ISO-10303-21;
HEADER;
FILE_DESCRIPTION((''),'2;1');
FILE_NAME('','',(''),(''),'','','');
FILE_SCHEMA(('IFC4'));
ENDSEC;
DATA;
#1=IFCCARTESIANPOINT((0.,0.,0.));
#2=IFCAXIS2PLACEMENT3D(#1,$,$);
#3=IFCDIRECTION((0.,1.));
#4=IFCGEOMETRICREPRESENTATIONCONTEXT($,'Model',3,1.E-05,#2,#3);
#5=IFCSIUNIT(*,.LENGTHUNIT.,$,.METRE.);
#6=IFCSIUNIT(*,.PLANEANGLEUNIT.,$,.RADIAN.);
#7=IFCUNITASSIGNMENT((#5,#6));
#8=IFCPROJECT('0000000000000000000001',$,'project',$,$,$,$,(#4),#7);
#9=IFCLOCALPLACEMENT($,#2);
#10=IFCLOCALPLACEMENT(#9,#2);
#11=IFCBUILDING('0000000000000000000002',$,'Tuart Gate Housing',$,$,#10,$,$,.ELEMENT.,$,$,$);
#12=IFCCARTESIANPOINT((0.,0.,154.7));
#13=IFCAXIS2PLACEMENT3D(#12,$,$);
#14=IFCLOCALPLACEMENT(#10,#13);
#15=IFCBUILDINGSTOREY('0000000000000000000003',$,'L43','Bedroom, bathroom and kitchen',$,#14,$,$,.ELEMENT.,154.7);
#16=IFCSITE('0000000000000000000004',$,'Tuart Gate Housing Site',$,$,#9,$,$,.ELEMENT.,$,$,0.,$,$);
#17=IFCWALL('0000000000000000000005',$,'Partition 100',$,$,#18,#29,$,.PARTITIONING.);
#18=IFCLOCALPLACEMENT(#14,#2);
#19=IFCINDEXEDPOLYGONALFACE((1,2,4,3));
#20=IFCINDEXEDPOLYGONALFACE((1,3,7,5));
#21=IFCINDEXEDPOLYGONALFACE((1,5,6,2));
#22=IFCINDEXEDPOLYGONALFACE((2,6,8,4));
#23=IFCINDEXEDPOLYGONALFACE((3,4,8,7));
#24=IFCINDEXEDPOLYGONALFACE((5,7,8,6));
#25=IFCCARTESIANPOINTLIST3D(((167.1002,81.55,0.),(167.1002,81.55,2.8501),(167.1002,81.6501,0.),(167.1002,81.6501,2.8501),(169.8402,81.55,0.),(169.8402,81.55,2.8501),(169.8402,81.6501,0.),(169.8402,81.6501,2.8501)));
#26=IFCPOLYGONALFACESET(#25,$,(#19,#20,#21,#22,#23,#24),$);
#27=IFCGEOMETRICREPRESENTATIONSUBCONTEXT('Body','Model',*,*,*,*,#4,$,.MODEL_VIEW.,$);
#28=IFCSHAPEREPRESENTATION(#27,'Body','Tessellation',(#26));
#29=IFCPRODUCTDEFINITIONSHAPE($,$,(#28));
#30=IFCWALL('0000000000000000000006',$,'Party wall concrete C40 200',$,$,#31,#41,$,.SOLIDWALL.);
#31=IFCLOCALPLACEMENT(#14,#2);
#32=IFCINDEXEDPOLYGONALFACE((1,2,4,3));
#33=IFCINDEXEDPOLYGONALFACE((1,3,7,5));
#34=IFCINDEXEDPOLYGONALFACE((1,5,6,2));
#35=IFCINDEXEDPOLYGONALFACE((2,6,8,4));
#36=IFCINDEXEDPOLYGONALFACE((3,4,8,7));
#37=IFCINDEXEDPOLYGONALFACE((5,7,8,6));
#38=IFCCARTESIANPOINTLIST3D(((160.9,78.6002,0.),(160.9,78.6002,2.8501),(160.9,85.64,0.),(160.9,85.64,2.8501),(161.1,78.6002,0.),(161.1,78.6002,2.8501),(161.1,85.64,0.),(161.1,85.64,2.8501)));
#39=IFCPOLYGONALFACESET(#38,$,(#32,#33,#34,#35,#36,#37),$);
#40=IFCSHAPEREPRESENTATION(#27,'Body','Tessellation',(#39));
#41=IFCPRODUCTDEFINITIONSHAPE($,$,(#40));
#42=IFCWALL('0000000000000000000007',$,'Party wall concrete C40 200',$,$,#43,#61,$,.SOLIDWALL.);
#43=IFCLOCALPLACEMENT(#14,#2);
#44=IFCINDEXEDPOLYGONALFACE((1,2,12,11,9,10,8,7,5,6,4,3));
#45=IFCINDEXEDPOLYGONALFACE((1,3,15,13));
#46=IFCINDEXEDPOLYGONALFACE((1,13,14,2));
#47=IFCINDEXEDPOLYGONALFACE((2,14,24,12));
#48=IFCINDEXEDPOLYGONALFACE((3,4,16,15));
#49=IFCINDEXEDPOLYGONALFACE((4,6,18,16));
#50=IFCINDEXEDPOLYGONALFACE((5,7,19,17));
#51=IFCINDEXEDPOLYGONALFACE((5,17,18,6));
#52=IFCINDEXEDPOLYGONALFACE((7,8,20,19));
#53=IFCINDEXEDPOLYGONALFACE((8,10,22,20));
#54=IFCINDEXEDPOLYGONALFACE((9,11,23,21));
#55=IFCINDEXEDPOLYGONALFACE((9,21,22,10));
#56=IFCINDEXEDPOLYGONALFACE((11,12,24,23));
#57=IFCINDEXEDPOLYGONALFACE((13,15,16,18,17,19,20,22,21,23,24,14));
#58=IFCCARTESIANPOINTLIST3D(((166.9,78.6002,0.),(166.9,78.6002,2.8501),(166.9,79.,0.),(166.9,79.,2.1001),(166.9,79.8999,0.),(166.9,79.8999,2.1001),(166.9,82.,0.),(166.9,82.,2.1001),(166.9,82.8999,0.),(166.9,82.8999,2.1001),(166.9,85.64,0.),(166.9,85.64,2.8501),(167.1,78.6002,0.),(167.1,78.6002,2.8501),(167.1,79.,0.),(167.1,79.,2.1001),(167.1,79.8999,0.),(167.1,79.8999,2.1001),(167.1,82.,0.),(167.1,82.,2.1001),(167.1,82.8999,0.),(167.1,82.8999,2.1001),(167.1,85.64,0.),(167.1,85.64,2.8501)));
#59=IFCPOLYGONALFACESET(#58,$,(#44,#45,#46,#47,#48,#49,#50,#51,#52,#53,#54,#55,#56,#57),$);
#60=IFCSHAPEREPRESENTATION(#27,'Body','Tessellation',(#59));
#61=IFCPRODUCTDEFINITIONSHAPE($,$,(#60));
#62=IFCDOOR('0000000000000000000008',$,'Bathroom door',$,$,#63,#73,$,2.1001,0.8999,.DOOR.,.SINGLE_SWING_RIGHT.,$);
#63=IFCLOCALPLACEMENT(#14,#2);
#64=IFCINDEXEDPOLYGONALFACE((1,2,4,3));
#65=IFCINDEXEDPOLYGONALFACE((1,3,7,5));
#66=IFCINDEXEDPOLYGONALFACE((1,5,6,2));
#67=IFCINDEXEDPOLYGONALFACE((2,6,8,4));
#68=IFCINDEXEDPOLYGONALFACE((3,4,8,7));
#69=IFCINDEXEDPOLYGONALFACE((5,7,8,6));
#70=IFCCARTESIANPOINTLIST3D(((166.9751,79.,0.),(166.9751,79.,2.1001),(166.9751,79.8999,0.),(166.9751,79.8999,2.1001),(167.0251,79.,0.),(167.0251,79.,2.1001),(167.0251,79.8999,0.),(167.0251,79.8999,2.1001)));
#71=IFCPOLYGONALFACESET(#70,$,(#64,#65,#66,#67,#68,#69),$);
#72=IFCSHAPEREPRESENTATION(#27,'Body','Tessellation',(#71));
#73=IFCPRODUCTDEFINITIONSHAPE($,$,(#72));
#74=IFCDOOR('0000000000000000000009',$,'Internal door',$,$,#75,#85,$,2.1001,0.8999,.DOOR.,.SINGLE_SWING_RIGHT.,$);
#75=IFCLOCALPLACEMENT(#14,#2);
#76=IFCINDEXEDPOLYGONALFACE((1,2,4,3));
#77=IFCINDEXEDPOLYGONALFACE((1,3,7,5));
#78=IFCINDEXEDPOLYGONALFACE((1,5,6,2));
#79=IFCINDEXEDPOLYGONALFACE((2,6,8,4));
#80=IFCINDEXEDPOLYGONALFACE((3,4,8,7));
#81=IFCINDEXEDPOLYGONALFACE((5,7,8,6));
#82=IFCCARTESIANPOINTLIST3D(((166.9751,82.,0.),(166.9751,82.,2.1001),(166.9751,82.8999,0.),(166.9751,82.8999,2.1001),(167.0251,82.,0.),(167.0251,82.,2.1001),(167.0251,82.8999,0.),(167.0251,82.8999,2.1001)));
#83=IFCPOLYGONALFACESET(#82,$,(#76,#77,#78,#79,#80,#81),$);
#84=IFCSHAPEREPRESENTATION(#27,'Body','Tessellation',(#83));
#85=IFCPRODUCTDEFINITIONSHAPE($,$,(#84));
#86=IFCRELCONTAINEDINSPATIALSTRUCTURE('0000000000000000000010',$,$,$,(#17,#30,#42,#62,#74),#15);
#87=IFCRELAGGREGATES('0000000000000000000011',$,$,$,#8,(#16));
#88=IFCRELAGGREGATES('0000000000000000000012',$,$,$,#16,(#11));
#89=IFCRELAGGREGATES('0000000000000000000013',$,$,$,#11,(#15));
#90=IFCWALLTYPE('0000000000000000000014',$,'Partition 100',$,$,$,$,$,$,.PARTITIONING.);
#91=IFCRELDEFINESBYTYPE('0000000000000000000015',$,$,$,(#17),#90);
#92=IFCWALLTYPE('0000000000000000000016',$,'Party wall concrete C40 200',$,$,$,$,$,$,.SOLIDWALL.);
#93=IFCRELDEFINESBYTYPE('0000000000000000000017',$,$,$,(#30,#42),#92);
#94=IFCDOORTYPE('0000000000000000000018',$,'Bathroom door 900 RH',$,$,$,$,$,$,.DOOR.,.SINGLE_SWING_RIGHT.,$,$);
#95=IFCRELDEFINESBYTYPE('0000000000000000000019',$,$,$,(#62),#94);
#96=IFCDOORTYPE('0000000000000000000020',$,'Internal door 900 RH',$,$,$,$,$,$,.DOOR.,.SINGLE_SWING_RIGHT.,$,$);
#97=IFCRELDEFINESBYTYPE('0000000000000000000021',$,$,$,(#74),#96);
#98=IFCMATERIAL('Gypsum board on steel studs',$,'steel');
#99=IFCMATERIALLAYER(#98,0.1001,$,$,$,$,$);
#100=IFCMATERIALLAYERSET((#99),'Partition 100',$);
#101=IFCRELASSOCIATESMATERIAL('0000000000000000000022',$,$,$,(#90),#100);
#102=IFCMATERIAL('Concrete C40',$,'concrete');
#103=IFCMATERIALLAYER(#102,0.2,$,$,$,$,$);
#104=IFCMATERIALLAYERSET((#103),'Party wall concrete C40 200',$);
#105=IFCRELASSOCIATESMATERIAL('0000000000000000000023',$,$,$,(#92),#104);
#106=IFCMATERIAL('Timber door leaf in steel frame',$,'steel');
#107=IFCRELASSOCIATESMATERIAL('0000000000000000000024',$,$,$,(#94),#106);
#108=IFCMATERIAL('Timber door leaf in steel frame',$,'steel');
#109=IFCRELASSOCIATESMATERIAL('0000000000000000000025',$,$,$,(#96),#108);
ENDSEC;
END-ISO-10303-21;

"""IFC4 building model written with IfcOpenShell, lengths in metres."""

from ifc_helpers import new_model, si_unit, direction, frame, frame_2d, origin, place, context, subcontext, project, spatial, rectangle, extrude, material, layer, layer_set, type_object, element, fill, save


model = new_model("IFC4")

# Units and contexts
model_context = context("Model", 3, precision=1e-05, world=origin(), true_north=direction((0.0, 1.0)))
body_context = subcontext(model_context, "Body", "Model", "MODEL_VIEW")
ifc_project = project(units=[si_unit("LENGTHUNIT", "METRE"), si_unit("PLANEANGLEUNIT", "RADIAN")], contexts=[model_context])

# Site, building, storey
site_placement = place(None, origin())
site = spatial("IfcSite", under=ifc_project, at=site_placement, Name="Tuart Gate Housing Site", CompositionType="ELEMENT", RefElevation=0.0)
building_placement = place(site_placement, origin())
building = spatial("IfcBuilding", under=site, at=building_placement, Name="Tuart Gate Housing", CompositionType="ELEMENT")
storey_placement = place(building_placement, frame((0.0, 0.0, 154.7)))
storey = spatial("IfcBuildingStorey", under=building, at=storey_placement, Name="L43", Description="Bedroom, bathroom and kitchen", CompositionType="ELEMENT", Elevation=154.7)

# Walls
ifc_material_1 = material(Name="Gypsum board on steel studs", Category="steel")
ifc_layer_1 = layer(ifc_material_1, 0.1001)
ifc_layer_set_1 = layer_set([ifc_layer_1], Name="Partition 100")
wall_type_1 = type_object("IfcWallType", Name="Partition 100", PredefinedType="PARTITIONING", material=ifc_layer_set_1)
wall_1_placement = place(storey_placement, frame((167.1001, 81.6001, 0.0), z_axis=(0.0, 0.0, 1.0), x_axis=(1.0, 0.0, 0.0)))
element("IfcWall", 1, at=wall_1_placement, inside=storey, type_object=wall_type_1, Name="Partition 100", PredefinedType="PARTITIONING", context=body_context, shape_type="SweptSolid", body=[
    extrude(rectangle(XDim=2.74, YDim=0.1001, at=frame_2d((1.3701, 0.0))), origin(), (0.0, 0.0, 1.0), 2.8501),
])
ifc_material_2 = material(Name="Concrete C40", Category="concrete")
ifc_layer_2 = layer(ifc_material_2, 0.2)
ifc_layer_set_2 = layer_set([ifc_layer_2], Name="Party wall concrete C40 200")
wall_type_2 = type_object("IfcWallType", Name="Party wall concrete C40 200", PredefinedType="SOLIDWALL", material=ifc_layer_set_2)
wall_2_placement = place(storey_placement, frame((161.0, 78.6001, 0.0), z_axis=(0.0, 0.0, 1.0), x_axis=(0.0, 1.0, 0.0)))
element("IfcWall", 2, at=wall_2_placement, inside=storey, type_object=wall_type_2, Name="Party wall concrete C40 200", PredefinedType="SOLIDWALL", context=body_context, shape_type="SweptSolid", body=[
    extrude(rectangle(XDim=7.0398, YDim=0.2, at=frame_2d((3.52, 0.0))), origin(), (0.0, 0.0, 1.0), 2.8501),
])

# Wall, openings, doors
wall_3_placement = place(storey_placement, frame((167.0, 78.6001, 0.0), z_axis=(0.0, 0.0, 1.0), x_axis=(0.0, 1.0, 0.0)))
wall_3 = element("IfcWall", 3, at=wall_3_placement, inside=storey, type_object=wall_type_2, Name="Party wall concrete C40 200", PredefinedType="SOLIDWALL", context=body_context, shape_type="SweptSolid", body=[
    extrude(rectangle(XDim=7.0398, YDim=0.2, at=frame_2d((3.52, 0.0))), origin(), (0.0, 0.0, 1.0), 2.8501),
])
opening_1_placement = place(wall_3_placement, frame((3.3999, 0.0, 0.0)))
opening_1 = element("IfcOpeningElement", 4, at=opening_1_placement, cuts=wall_3, PredefinedType="OPENING", context=body_context, shape_type="SweptSolid", body=[
    extrude(rectangle(XDim=0.8999, YDim=2.1001, at=frame_2d((0.45, 1.05))), frame((0.0, 0.1099, 0.0), z_axis=(0.0, -1.0, 0.0), x_axis=(1.0, 0.0, 0.0)), (0.0, 0.0, 1.0), 0.22),
])
opening_2_placement = place(wall_3_placement, frame((0.3999, 0.0, 0.0)))
opening_2 = element("IfcOpeningElement", 5, at=opening_2_placement, cuts=wall_3, PredefinedType="OPENING", context=body_context, shape_type="SweptSolid", body=[
    extrude(rectangle(XDim=0.8999, YDim=2.1001, at=frame_2d((0.45, 1.05))), frame((0.0, 0.1099, 0.0), z_axis=(0.0, -1.0, 0.0), x_axis=(1.0, 0.0, 0.0)), (0.0, 0.0, 1.0), 0.22),
])
ifc_material_3 = material(Name="Timber door leaf in steel frame", Category="steel")
door_type_1 = type_object("IfcDoorType", Name="Bathroom door 900 RH", OperationType="SINGLE_SWING_RIGHT", PredefinedType="DOOR", material=ifc_material_3)
door_1_placement = place(opening_2_placement, frame((0.8999, 0.0, 0.0), z_axis=(0.0, 0.0, 1.0), x_axis=(-1.0, 0.0, 0.0)))
door_1 = element("IfcDoor", 6, at=door_1_placement, inside=storey, type_object=door_type_1, Name="Bathroom door", OperationType="SINGLE_SWING_RIGHT", OverallHeight=2.1001, OverallWidth=0.8999, PredefinedType="DOOR", context=body_context, shape_type="SweptSolid", body=[
    extrude(rectangle(XDim=0.8999, YDim=2.1001, at=frame_2d((0.45, 1.05))), frame((0.0, 0.0251, 0.0), z_axis=(0.0, -1.0, 0.0), x_axis=(1.0, 0.0, 0.0)), (0.0, 0.0, 1.0), 0.05),
])
fill(opening_2, door_1)
ifc_material_4 = material(Name="Timber door leaf in steel frame", Category="steel")
door_type_2 = type_object("IfcDoorType", Name="Internal door 900 RH", OperationType="SINGLE_SWING_RIGHT", PredefinedType="DOOR", material=ifc_material_4)
door_2_placement = place(opening_1_placement, frame((0.8999, 0.0, 0.0), z_axis=(0.0, 0.0, 1.0), x_axis=(-1.0, 0.0, 0.0)))
door_2 = element("IfcDoor", 7, at=door_2_placement, inside=storey, type_object=door_type_2, Name="Internal door", OperationType="SINGLE_SWING_RIGHT", OverallHeight=2.1001, OverallWidth=0.8999, PredefinedType="DOOR", context=body_context, shape_type="SweptSolid", body=[
    extrude(rectangle(XDim=0.8999, YDim=2.1001, at=frame_2d((0.45, 1.05))), frame((0.0, 0.0251, 0.0), z_axis=(0.0, -1.0, 0.0), x_axis=(1.0, 0.0, 0.0)), (0.0, 0.0, 1.0), 0.05),
])
fill(opening_1, door_2)

save(model, "model.ifc")
